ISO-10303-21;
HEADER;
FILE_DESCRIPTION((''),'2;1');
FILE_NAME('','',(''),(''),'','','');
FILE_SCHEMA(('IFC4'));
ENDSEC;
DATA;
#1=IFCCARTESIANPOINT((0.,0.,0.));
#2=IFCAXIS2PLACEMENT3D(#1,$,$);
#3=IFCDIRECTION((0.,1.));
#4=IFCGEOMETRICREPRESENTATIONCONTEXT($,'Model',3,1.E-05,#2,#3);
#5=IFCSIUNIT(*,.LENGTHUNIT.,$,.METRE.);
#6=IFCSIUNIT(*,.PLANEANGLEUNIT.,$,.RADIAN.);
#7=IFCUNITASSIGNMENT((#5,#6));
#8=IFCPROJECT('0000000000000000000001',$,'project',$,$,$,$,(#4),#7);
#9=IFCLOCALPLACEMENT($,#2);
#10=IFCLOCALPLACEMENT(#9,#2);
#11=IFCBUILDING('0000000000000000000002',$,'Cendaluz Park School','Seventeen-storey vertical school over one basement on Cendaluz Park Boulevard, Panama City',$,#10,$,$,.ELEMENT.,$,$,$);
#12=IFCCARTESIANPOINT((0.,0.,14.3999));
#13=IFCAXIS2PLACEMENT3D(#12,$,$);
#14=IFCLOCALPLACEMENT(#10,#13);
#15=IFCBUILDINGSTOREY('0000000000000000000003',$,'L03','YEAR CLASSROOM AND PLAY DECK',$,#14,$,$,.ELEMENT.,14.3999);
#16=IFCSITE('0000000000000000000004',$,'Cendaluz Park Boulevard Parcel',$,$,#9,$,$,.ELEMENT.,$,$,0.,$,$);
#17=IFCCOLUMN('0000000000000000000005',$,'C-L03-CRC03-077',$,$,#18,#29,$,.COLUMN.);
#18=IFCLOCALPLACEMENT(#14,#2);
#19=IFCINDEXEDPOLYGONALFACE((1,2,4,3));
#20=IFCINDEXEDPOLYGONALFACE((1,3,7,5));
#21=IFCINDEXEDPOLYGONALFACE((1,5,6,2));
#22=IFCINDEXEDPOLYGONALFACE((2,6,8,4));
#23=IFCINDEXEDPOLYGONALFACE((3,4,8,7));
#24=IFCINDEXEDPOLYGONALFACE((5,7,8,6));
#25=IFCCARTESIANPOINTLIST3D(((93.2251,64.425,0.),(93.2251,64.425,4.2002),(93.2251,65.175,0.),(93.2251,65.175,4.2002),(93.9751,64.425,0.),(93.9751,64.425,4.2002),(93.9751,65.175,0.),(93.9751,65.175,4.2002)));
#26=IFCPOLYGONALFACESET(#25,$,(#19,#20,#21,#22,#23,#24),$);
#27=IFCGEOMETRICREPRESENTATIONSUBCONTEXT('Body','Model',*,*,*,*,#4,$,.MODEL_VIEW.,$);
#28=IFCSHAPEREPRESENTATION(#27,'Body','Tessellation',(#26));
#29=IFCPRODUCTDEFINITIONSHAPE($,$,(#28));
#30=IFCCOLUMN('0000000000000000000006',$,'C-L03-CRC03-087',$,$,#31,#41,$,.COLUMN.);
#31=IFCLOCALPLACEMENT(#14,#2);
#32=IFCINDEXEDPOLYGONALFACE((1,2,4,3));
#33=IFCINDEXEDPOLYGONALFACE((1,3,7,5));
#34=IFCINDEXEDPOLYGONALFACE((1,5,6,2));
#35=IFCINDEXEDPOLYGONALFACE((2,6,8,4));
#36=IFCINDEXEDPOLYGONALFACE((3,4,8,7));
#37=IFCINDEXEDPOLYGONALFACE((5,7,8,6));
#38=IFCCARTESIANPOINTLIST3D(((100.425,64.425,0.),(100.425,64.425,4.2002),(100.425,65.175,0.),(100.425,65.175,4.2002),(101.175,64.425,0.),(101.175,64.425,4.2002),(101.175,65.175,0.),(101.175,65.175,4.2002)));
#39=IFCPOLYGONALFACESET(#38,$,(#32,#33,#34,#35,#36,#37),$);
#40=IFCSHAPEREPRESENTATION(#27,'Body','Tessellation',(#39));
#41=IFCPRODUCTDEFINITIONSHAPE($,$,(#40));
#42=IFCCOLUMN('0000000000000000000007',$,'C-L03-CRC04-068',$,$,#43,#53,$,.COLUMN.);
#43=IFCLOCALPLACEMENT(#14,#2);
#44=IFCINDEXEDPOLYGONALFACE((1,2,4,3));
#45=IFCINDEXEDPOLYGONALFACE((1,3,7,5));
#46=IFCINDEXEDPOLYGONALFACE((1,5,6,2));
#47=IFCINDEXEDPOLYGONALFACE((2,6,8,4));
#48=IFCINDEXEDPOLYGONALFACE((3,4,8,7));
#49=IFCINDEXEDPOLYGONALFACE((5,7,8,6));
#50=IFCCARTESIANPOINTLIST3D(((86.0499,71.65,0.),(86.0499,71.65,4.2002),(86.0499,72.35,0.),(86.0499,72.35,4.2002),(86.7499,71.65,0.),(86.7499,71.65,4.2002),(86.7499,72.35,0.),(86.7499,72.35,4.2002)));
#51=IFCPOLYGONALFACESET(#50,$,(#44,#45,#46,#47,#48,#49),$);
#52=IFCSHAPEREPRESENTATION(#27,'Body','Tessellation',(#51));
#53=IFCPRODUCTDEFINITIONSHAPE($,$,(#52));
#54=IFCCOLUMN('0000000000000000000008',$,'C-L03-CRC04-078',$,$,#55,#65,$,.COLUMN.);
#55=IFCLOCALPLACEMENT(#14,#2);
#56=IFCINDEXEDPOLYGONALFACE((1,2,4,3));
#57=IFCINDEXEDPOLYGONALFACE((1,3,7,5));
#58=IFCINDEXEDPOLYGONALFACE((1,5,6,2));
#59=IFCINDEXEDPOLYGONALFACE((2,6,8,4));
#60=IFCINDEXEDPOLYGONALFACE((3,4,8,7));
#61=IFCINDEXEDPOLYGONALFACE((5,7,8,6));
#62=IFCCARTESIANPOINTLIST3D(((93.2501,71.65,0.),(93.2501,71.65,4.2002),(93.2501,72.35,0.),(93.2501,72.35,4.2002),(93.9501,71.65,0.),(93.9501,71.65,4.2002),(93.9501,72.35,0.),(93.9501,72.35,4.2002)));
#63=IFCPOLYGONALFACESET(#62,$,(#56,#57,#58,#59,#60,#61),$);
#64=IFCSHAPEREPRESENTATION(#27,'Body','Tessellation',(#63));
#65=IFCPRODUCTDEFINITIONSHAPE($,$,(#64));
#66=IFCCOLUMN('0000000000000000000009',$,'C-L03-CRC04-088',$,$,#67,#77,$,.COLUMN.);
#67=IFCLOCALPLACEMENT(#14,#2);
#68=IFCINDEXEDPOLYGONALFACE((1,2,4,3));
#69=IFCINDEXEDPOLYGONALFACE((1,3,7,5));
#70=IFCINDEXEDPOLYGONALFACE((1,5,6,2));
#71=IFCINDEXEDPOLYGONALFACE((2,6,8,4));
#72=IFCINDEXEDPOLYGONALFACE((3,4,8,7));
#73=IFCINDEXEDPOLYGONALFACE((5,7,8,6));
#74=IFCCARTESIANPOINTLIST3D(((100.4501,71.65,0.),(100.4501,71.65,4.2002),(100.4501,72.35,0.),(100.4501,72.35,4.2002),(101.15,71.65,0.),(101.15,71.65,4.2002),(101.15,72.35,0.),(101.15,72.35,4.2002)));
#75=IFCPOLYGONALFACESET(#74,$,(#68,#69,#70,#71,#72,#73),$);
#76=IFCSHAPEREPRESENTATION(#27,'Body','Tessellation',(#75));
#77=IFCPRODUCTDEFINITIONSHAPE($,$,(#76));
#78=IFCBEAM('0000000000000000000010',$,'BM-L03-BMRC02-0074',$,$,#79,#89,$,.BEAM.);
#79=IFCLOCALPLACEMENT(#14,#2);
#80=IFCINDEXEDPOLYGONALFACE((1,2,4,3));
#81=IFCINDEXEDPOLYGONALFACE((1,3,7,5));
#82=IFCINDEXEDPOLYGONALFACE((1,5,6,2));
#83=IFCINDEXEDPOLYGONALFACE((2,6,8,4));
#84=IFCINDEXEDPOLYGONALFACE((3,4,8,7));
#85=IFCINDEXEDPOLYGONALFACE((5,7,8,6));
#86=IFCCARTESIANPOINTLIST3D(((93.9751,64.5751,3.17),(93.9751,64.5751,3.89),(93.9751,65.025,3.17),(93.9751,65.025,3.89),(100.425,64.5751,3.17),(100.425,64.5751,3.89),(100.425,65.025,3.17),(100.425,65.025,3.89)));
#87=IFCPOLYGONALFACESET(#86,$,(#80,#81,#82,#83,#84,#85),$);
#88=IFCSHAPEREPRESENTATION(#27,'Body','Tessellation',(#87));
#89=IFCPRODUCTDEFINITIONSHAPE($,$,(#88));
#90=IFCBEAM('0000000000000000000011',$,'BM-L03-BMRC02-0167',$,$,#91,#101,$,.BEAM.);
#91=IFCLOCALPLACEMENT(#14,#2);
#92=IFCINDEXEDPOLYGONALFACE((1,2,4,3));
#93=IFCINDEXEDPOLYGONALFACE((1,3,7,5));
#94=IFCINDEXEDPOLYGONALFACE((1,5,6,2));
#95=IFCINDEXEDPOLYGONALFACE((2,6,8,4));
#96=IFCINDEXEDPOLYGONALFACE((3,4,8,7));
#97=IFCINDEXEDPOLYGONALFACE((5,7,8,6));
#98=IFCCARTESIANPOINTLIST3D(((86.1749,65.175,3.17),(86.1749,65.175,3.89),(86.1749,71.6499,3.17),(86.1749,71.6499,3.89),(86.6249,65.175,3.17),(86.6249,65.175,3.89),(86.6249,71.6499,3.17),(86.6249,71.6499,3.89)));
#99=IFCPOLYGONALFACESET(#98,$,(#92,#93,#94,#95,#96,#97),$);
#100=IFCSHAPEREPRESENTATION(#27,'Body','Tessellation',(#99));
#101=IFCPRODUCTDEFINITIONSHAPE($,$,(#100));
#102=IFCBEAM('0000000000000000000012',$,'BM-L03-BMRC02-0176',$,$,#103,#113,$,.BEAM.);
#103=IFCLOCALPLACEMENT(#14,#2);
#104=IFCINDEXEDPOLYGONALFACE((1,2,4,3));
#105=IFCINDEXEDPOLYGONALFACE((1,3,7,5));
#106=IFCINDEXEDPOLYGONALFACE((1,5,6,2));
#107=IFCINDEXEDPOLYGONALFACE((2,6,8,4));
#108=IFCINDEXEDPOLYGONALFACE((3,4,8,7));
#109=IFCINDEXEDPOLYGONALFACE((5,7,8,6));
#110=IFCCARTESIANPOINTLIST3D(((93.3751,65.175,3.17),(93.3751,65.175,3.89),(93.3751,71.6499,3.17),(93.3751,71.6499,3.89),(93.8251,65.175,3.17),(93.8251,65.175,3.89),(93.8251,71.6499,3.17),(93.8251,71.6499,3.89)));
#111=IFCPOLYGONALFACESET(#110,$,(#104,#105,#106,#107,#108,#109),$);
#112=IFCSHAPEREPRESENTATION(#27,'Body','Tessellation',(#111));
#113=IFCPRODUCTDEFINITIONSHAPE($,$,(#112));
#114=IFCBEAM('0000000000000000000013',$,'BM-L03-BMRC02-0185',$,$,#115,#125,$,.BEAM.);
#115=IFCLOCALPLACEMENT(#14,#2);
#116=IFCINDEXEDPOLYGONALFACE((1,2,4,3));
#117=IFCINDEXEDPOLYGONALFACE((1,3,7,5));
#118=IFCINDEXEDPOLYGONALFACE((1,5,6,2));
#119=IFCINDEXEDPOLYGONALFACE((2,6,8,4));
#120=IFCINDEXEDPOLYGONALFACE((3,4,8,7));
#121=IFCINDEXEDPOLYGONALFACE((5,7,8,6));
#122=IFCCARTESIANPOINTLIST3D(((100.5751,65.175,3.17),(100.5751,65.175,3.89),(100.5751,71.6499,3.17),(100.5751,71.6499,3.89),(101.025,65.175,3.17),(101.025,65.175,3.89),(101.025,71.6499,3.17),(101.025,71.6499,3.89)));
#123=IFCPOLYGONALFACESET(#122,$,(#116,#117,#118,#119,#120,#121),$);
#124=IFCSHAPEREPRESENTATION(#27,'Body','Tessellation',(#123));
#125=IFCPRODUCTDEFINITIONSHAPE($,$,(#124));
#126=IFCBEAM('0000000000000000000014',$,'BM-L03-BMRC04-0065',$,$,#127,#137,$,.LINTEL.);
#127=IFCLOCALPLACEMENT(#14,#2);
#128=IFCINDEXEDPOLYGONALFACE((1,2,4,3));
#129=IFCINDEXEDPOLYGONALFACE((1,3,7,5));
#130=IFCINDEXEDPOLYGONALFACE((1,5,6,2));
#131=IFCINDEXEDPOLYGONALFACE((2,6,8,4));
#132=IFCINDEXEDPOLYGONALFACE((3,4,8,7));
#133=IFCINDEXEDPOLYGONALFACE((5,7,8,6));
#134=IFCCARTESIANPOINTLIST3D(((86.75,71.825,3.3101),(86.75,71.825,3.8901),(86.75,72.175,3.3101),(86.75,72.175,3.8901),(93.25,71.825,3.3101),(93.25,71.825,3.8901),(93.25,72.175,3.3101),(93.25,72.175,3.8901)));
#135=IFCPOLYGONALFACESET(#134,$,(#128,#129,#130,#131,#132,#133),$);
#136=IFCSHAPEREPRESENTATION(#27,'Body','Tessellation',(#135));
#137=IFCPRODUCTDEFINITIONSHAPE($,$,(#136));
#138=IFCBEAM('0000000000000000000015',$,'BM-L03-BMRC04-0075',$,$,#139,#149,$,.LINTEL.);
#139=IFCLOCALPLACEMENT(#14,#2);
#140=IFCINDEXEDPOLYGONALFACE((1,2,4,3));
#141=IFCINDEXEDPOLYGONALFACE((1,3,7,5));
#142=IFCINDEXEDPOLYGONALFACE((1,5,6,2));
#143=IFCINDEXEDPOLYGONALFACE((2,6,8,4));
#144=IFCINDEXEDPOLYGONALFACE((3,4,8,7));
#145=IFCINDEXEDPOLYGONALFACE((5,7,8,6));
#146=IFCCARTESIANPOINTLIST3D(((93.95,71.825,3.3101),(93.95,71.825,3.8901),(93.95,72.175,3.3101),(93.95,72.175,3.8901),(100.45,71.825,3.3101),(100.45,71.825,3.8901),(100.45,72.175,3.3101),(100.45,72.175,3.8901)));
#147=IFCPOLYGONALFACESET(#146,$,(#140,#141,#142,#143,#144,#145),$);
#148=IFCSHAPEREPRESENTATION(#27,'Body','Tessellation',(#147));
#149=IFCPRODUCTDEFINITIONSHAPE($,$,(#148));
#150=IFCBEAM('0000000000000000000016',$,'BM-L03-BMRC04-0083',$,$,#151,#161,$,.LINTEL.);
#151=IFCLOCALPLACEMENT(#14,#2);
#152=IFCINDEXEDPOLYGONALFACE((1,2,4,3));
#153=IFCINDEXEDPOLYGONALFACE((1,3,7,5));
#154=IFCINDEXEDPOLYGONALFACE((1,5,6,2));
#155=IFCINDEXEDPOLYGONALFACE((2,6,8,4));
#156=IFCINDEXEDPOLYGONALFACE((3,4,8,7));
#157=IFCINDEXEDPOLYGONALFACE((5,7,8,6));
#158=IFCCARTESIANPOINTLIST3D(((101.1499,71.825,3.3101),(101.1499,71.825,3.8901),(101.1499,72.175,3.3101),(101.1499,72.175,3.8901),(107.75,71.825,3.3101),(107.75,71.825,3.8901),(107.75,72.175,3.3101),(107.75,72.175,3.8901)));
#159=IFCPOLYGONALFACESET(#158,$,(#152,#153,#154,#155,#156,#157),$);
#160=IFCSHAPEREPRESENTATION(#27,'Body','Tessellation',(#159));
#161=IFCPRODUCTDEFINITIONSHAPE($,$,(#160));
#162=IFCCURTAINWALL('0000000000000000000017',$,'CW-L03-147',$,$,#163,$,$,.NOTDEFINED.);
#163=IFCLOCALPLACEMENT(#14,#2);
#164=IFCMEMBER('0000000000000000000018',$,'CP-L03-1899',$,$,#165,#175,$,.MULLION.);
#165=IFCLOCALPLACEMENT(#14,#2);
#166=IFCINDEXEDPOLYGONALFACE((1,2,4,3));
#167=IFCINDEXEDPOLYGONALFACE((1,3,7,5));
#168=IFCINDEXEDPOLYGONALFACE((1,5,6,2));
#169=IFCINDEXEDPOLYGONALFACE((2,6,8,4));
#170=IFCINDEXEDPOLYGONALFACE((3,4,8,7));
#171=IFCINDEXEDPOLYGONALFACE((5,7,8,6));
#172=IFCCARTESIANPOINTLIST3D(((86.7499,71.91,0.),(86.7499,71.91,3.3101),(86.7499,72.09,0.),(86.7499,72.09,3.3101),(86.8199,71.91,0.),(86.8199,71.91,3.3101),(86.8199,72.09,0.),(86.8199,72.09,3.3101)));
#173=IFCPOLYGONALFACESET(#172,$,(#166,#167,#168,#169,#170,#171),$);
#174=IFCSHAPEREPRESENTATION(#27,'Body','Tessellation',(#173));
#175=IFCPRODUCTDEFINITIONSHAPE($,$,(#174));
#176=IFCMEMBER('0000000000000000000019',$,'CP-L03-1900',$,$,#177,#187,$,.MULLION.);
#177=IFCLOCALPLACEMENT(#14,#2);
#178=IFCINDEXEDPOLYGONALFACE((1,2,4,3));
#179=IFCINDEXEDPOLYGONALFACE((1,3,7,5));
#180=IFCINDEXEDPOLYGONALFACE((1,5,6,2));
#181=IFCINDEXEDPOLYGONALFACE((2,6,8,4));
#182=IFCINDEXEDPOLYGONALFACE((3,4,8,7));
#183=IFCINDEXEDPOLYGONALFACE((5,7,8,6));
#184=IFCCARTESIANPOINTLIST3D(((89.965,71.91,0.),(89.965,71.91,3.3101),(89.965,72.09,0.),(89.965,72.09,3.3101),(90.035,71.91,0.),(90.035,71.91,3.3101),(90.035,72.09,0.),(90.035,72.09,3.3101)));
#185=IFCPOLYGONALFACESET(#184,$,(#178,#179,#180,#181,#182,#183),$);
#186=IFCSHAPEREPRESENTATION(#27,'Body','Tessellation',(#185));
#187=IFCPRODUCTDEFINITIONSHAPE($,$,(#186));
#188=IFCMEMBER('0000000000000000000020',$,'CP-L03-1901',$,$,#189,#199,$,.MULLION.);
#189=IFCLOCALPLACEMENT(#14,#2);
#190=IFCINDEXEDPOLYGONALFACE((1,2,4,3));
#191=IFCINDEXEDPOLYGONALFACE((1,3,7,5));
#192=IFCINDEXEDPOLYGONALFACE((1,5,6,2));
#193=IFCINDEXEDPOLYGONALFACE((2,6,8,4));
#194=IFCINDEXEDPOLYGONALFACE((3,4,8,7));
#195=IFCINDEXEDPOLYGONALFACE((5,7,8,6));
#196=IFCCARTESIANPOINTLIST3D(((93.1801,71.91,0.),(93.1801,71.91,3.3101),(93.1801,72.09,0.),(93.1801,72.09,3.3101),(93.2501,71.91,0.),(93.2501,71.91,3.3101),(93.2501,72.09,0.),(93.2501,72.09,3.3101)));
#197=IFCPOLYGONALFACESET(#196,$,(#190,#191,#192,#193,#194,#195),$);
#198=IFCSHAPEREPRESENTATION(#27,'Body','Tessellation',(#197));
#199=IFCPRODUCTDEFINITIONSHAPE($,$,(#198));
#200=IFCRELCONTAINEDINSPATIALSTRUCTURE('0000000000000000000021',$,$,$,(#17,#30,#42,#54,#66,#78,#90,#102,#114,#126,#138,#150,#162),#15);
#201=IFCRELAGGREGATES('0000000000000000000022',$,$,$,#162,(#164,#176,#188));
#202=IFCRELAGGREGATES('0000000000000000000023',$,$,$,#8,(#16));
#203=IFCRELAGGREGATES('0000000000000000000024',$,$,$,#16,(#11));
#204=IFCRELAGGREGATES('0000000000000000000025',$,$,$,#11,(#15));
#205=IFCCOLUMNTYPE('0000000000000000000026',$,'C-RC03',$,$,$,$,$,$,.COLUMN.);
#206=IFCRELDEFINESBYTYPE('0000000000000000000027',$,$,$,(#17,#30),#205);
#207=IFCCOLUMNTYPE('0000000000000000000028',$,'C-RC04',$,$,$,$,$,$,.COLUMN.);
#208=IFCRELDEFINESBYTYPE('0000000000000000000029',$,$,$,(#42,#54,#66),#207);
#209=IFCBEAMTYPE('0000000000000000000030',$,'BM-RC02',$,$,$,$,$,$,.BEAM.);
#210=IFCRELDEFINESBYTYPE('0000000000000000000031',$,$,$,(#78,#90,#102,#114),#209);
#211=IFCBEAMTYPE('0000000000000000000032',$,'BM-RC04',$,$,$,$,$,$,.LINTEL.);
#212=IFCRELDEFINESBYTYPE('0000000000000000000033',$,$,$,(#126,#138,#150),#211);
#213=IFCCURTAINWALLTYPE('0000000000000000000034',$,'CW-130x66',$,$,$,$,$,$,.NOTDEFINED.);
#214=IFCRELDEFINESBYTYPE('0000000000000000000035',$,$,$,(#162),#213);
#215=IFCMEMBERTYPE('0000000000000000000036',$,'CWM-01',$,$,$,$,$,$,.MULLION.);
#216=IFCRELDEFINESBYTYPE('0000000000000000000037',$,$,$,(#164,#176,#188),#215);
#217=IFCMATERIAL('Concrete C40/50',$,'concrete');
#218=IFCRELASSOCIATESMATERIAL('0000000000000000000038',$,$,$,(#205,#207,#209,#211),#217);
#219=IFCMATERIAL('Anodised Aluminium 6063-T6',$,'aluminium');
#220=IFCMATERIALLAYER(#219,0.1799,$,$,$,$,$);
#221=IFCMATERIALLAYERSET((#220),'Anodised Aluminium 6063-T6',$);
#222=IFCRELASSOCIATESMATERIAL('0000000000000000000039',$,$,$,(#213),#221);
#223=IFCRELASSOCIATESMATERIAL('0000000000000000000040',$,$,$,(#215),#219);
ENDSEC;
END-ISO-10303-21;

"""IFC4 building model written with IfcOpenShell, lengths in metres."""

from ifc_helpers import new_model, si_unit, direction, frame, origin, origin_2d, place, context, subcontext, project, spatial, rectangle, extrude, material, layer, layer_set, material_profile, profile_set, type_object, element, aggregate, save


model = new_model("IFC4")

# Units and contexts
model_context = context("Model", 3, precision=1e-05, world=origin(), true_north=direction((0.0, 1.0)))
body_context = subcontext(model_context, "Body", "Model", "MODEL_VIEW")
ifc_project = project(units=[si_unit("LENGTHUNIT", "METRE"), si_unit("PLANEANGLEUNIT", "RADIAN")], contexts=[model_context])

# Site, building, storey
site_placement = place(None, origin())
site = spatial("IfcSite", under=ifc_project, at=site_placement, Name="Cendaluz Park Boulevard Parcel", CompositionType="ELEMENT", RefElevation=0.0)
building_placement = place(site_placement, origin())
building = spatial("IfcBuilding", under=site, at=building_placement, Name="Cendaluz Park School", Description="Seventeen-storey vertical school over one basement on Cendaluz Park Boulevard, Panama City", CompositionType="ELEMENT")
storey_placement = place(building_placement, frame((0.0, 0.0, 14.3999)))
storey = spatial("IfcBuildingStorey", under=building, at=storey_placement, Name="L03", Description="YEAR CLASSROOM AND PLAY DECK", CompositionType="ELEMENT", Elevation=14.3999)

# Columns
ifc_material_1 = material(Name="Concrete C40/50", Category="concrete")
ifc_material_profile_1 = material_profile(ifc_material_1, rectangle(XDim=0.75, YDim=0.75, at=origin_2d()), Name="RC 750x750", Category="concrete")
ifc_profile_set_1 = profile_set([ifc_material_profile_1], Name="Concrete C40/50")
column_type_1 = type_object("IfcColumnType", Name="C-RC03", PredefinedType="COLUMN", material=ifc_profile_set_1)
for number, where, z_axis, x_axis, name in (
    (1, (93.6001, 64.8, 0.0), (0.0, 0.0, 1.0), (1.0, 0.0, 0.0), "C-L03-CRC03-077"),
    (2, (100.8, 64.8, 0.0), (0.0, 0.0, 1.0), (1.0, 0.0, 0.0), "C-L03-CRC03-087"),
):
    element("IfcColumn", number, at=place(storey_placement, frame(where, z_axis=z_axis, x_axis=x_axis)), inside=storey, type_object=column_type_1, Name=name, PredefinedType="COLUMN", context=body_context, shape_type="SweptSolid", body=[
        extrude(rectangle(XDim=0.75, YDim=0.75, at=origin_2d()), origin(), (0.0, 0.0, 1.0), 4.2002),
    ])
ifc_material_profile_2 = material_profile(ifc_material_1, rectangle(XDim=0.7, YDim=0.7, at=origin_2d()), Name="RC 700x700", Category="concrete")
ifc_profile_set_2 = profile_set([ifc_material_profile_2], Name="Concrete C40/50")
column_type_2 = type_object("IfcColumnType", Name="C-RC04", PredefinedType="COLUMN", material=ifc_profile_set_2)
for number, where, z_axis, x_axis, name in (
    (3, (86.3999, 72.0, 0.0), (0.0, 0.0, 1.0), (1.0, 0.0, 0.0), "C-L03-CRC04-068"),
    (4, (93.6001, 72.0, 0.0), (0.0, 0.0, 1.0), (1.0, 0.0, 0.0), "C-L03-CRC04-078"),
    (5, (100.8, 72.0, 0.0), (0.0, 0.0, 1.0), (1.0, 0.0, 0.0), "C-L03-CRC04-088"),
):
    element("IfcColumn", number, at=place(storey_placement, frame(where, z_axis=z_axis, x_axis=x_axis)), inside=storey, type_object=column_type_2, Name=name, PredefinedType="COLUMN", context=body_context, shape_type="SweptSolid", body=[
        extrude(rectangle(XDim=0.7, YDim=0.7, at=origin_2d()), origin(), (0.0, 0.0, 1.0), 4.2002),
    ])

# Beams
ifc_material_profile_3 = material_profile(ifc_material_1, rectangle(XDim=0.45, YDim=0.72, at=origin_2d()), Name="RC 450x720", Category="concrete")
ifc_profile_set_3 = profile_set([ifc_material_profile_3], Name="Concrete C40/50")
beam_type_1 = type_object("IfcBeamType", Name="BM-RC02", PredefinedType="BEAM", material=ifc_profile_set_3)
beam_1_placement = place(storey_placement, frame((93.9751, 64.8, 3.53), z_axis=(1.0, 0.0, 0.0), x_axis=(0.0, 1.0, 0.0)))
element("IfcBeam", 6, at=beam_1_placement, inside=storey, type_object=beam_type_1, Name="BM-L03-BMRC02-0074", PredefinedType="BEAM", context=body_context, shape_type="SweptSolid", body=[
    extrude(rectangle(XDim=0.45, YDim=0.72, at=origin_2d()), origin(), (0.0, 0.0, 1.0), 6.45),
])
for number, where, z_axis, x_axis, name in (
    (7, (86.3999, 65.175, 3.53), (0.0, 1.0, 0.0), (-1.0, 0.0, 0.0), "BM-L03-BMRC02-0167"),
    (8, (93.6001, 65.175, 3.53), (0.0, 1.0, 0.0), (-1.0, 0.0, 0.0), "BM-L03-BMRC02-0176"),
    (9, (100.8, 65.175, 3.53), (0.0, 1.0, 0.0), (-1.0, 0.0, 0.0), "BM-L03-BMRC02-0185"),
):
    element("IfcBeam", number, at=place(storey_placement, frame(where, z_axis=z_axis, x_axis=x_axis)), inside=storey, type_object=beam_type_1, Name=name, PredefinedType="BEAM", context=body_context, shape_type="SweptSolid", body=[
        extrude(rectangle(XDim=0.45, YDim=0.72, at=origin_2d()), origin(), (0.0, 0.0, 1.0), 6.4749),
    ])
ifc_material_profile_4 = material_profile(ifc_material_1, rectangle(XDim=0.3501, YDim=0.5801, at=origin_2d()), Name="RC 350x580", Category="concrete")
ifc_profile_set_4 = profile_set([ifc_material_profile_4], Name="Concrete C40/50")
beam_type_2 = type_object("IfcBeamType", Name="BM-RC04", PredefinedType="LINTEL", material=ifc_profile_set_4)
for number, where, z_axis, x_axis, name in (
    (10, (86.75, 72.0, 3.6001), (1.0, 0.0, 0.0), (0.0, 1.0, 0.0), "BM-L03-BMRC04-0065"),
    (11, (93.95, 72.0, 3.6001), (1.0, 0.0, 0.0), (0.0, 1.0, 0.0), "BM-L03-BMRC04-0075"),
):
    element("IfcBeam", number, at=place(storey_placement, frame(where, z_axis=z_axis, x_axis=x_axis)), inside=storey, type_object=beam_type_2, Name=name, PredefinedType="LINTEL", context=body_context, shape_type="SweptSolid", body=[
        extrude(rectangle(XDim=0.3501, YDim=0.5801, at=origin_2d()), origin(), (0.0, 0.0, 1.0), 6.5),
    ])
beam_2_placement = place(storey_placement, frame((101.1499, 72.0, 3.6001), z_axis=(1.0, 0.0, 0.0), x_axis=(0.0, 1.0, 0.0)))
element("IfcBeam", 12, at=beam_2_placement, inside=storey, type_object=beam_type_2, Name="BM-L03-BMRC04-0083", PredefinedType="LINTEL", context=body_context, shape_type="SweptSolid", body=[
    extrude(rectangle(XDim=0.3501, YDim=0.5801, at=origin_2d()), origin(), (0.0, 0.0, 1.0), 6.6001),
])

# Curtain wall, members
ifc_material_2 = material(Name="Anodised Aluminium 6063-T6", Category="aluminium")
ifc_layer_1 = layer(ifc_material_2, 0.1799)
ifc_layer_set_1 = layer_set([ifc_layer_1], Name="Anodised Aluminium 6063-T6")
curtain_wall_type = type_object("IfcCurtainWallType", Name="CW-130x66", PredefinedType="NOTDEFINED", material=ifc_layer_set_1)
curtain_wall_placement = place(storey_placement, origin())
curtain_wall = element("IfcCurtainWall", 13, at=curtain_wall_placement, inside=storey, type_object=curtain_wall_type, Name="CW-L03-147", PredefinedType="NOTDEFINED")
ifc_material_profile_5 = material_profile(ifc_material_2, rectangle(XDim=0.1799, YDim=0.0701, at=origin_2d()), Name="CWM 180x70", Category="aluminium")
ifc_profile_set_5 = profile_set([ifc_material_profile_5], Name="Anodised Aluminium 6063-T6")
member_type_1 = type_object("IfcMemberType", Name="CWM-01", PredefinedType="MULLION", material=ifc_profile_set_5)
member_1_placement = place(storey_placement, frame((86.7849, 72.0, 0.0), z_axis=(0.0, 0.0, 1.0), x_axis=(0.0, 1.0, 0.0)))
member_1 = element("IfcMember", 14, at=member_1_placement, type_object=member_type_1, Name="CP-L03-1899", PredefinedType="MULLION", context=body_context, shape_type="SweptSolid", body=[
    extrude(rectangle(XDim=0.1799, YDim=0.0701, at=origin_2d()), origin(), (0.0, 0.0, 1.0), 3.3101),
])
member_2_placement = place(storey_placement, frame((90.0, 72.0, 0.0), z_axis=(0.0, 0.0, 1.0), x_axis=(0.0, 1.0, 0.0)))
member_2 = element("IfcMember", 15, at=member_2_placement, type_object=member_type_1, Name="CP-L03-1900", PredefinedType="MULLION", context=body_context, shape_type="SweptSolid", body=[
    extrude(rectangle(XDim=0.1799, YDim=0.0701, at=origin_2d()), origin(), (0.0, 0.0, 1.0), 3.3101),
])
member_3_placement = place(storey_placement, frame((93.2151, 72.0, 0.0), z_axis=(0.0, 0.0, 1.0), x_axis=(0.0, 1.0, 0.0)))
member_3 = element("IfcMember", 16, at=member_3_placement, type_object=member_type_1, Name="CP-L03-1901", PredefinedType="MULLION", context=body_context, shape_type="SweptSolid", body=[
    extrude(rectangle(XDim=0.1799, YDim=0.0701, at=origin_2d()), origin(), (0.0, 0.0, 1.0), 3.3101),
])

aggregate(curtain_wall, [member_1, member_2, member_3])

save(model, "model.ifc")
